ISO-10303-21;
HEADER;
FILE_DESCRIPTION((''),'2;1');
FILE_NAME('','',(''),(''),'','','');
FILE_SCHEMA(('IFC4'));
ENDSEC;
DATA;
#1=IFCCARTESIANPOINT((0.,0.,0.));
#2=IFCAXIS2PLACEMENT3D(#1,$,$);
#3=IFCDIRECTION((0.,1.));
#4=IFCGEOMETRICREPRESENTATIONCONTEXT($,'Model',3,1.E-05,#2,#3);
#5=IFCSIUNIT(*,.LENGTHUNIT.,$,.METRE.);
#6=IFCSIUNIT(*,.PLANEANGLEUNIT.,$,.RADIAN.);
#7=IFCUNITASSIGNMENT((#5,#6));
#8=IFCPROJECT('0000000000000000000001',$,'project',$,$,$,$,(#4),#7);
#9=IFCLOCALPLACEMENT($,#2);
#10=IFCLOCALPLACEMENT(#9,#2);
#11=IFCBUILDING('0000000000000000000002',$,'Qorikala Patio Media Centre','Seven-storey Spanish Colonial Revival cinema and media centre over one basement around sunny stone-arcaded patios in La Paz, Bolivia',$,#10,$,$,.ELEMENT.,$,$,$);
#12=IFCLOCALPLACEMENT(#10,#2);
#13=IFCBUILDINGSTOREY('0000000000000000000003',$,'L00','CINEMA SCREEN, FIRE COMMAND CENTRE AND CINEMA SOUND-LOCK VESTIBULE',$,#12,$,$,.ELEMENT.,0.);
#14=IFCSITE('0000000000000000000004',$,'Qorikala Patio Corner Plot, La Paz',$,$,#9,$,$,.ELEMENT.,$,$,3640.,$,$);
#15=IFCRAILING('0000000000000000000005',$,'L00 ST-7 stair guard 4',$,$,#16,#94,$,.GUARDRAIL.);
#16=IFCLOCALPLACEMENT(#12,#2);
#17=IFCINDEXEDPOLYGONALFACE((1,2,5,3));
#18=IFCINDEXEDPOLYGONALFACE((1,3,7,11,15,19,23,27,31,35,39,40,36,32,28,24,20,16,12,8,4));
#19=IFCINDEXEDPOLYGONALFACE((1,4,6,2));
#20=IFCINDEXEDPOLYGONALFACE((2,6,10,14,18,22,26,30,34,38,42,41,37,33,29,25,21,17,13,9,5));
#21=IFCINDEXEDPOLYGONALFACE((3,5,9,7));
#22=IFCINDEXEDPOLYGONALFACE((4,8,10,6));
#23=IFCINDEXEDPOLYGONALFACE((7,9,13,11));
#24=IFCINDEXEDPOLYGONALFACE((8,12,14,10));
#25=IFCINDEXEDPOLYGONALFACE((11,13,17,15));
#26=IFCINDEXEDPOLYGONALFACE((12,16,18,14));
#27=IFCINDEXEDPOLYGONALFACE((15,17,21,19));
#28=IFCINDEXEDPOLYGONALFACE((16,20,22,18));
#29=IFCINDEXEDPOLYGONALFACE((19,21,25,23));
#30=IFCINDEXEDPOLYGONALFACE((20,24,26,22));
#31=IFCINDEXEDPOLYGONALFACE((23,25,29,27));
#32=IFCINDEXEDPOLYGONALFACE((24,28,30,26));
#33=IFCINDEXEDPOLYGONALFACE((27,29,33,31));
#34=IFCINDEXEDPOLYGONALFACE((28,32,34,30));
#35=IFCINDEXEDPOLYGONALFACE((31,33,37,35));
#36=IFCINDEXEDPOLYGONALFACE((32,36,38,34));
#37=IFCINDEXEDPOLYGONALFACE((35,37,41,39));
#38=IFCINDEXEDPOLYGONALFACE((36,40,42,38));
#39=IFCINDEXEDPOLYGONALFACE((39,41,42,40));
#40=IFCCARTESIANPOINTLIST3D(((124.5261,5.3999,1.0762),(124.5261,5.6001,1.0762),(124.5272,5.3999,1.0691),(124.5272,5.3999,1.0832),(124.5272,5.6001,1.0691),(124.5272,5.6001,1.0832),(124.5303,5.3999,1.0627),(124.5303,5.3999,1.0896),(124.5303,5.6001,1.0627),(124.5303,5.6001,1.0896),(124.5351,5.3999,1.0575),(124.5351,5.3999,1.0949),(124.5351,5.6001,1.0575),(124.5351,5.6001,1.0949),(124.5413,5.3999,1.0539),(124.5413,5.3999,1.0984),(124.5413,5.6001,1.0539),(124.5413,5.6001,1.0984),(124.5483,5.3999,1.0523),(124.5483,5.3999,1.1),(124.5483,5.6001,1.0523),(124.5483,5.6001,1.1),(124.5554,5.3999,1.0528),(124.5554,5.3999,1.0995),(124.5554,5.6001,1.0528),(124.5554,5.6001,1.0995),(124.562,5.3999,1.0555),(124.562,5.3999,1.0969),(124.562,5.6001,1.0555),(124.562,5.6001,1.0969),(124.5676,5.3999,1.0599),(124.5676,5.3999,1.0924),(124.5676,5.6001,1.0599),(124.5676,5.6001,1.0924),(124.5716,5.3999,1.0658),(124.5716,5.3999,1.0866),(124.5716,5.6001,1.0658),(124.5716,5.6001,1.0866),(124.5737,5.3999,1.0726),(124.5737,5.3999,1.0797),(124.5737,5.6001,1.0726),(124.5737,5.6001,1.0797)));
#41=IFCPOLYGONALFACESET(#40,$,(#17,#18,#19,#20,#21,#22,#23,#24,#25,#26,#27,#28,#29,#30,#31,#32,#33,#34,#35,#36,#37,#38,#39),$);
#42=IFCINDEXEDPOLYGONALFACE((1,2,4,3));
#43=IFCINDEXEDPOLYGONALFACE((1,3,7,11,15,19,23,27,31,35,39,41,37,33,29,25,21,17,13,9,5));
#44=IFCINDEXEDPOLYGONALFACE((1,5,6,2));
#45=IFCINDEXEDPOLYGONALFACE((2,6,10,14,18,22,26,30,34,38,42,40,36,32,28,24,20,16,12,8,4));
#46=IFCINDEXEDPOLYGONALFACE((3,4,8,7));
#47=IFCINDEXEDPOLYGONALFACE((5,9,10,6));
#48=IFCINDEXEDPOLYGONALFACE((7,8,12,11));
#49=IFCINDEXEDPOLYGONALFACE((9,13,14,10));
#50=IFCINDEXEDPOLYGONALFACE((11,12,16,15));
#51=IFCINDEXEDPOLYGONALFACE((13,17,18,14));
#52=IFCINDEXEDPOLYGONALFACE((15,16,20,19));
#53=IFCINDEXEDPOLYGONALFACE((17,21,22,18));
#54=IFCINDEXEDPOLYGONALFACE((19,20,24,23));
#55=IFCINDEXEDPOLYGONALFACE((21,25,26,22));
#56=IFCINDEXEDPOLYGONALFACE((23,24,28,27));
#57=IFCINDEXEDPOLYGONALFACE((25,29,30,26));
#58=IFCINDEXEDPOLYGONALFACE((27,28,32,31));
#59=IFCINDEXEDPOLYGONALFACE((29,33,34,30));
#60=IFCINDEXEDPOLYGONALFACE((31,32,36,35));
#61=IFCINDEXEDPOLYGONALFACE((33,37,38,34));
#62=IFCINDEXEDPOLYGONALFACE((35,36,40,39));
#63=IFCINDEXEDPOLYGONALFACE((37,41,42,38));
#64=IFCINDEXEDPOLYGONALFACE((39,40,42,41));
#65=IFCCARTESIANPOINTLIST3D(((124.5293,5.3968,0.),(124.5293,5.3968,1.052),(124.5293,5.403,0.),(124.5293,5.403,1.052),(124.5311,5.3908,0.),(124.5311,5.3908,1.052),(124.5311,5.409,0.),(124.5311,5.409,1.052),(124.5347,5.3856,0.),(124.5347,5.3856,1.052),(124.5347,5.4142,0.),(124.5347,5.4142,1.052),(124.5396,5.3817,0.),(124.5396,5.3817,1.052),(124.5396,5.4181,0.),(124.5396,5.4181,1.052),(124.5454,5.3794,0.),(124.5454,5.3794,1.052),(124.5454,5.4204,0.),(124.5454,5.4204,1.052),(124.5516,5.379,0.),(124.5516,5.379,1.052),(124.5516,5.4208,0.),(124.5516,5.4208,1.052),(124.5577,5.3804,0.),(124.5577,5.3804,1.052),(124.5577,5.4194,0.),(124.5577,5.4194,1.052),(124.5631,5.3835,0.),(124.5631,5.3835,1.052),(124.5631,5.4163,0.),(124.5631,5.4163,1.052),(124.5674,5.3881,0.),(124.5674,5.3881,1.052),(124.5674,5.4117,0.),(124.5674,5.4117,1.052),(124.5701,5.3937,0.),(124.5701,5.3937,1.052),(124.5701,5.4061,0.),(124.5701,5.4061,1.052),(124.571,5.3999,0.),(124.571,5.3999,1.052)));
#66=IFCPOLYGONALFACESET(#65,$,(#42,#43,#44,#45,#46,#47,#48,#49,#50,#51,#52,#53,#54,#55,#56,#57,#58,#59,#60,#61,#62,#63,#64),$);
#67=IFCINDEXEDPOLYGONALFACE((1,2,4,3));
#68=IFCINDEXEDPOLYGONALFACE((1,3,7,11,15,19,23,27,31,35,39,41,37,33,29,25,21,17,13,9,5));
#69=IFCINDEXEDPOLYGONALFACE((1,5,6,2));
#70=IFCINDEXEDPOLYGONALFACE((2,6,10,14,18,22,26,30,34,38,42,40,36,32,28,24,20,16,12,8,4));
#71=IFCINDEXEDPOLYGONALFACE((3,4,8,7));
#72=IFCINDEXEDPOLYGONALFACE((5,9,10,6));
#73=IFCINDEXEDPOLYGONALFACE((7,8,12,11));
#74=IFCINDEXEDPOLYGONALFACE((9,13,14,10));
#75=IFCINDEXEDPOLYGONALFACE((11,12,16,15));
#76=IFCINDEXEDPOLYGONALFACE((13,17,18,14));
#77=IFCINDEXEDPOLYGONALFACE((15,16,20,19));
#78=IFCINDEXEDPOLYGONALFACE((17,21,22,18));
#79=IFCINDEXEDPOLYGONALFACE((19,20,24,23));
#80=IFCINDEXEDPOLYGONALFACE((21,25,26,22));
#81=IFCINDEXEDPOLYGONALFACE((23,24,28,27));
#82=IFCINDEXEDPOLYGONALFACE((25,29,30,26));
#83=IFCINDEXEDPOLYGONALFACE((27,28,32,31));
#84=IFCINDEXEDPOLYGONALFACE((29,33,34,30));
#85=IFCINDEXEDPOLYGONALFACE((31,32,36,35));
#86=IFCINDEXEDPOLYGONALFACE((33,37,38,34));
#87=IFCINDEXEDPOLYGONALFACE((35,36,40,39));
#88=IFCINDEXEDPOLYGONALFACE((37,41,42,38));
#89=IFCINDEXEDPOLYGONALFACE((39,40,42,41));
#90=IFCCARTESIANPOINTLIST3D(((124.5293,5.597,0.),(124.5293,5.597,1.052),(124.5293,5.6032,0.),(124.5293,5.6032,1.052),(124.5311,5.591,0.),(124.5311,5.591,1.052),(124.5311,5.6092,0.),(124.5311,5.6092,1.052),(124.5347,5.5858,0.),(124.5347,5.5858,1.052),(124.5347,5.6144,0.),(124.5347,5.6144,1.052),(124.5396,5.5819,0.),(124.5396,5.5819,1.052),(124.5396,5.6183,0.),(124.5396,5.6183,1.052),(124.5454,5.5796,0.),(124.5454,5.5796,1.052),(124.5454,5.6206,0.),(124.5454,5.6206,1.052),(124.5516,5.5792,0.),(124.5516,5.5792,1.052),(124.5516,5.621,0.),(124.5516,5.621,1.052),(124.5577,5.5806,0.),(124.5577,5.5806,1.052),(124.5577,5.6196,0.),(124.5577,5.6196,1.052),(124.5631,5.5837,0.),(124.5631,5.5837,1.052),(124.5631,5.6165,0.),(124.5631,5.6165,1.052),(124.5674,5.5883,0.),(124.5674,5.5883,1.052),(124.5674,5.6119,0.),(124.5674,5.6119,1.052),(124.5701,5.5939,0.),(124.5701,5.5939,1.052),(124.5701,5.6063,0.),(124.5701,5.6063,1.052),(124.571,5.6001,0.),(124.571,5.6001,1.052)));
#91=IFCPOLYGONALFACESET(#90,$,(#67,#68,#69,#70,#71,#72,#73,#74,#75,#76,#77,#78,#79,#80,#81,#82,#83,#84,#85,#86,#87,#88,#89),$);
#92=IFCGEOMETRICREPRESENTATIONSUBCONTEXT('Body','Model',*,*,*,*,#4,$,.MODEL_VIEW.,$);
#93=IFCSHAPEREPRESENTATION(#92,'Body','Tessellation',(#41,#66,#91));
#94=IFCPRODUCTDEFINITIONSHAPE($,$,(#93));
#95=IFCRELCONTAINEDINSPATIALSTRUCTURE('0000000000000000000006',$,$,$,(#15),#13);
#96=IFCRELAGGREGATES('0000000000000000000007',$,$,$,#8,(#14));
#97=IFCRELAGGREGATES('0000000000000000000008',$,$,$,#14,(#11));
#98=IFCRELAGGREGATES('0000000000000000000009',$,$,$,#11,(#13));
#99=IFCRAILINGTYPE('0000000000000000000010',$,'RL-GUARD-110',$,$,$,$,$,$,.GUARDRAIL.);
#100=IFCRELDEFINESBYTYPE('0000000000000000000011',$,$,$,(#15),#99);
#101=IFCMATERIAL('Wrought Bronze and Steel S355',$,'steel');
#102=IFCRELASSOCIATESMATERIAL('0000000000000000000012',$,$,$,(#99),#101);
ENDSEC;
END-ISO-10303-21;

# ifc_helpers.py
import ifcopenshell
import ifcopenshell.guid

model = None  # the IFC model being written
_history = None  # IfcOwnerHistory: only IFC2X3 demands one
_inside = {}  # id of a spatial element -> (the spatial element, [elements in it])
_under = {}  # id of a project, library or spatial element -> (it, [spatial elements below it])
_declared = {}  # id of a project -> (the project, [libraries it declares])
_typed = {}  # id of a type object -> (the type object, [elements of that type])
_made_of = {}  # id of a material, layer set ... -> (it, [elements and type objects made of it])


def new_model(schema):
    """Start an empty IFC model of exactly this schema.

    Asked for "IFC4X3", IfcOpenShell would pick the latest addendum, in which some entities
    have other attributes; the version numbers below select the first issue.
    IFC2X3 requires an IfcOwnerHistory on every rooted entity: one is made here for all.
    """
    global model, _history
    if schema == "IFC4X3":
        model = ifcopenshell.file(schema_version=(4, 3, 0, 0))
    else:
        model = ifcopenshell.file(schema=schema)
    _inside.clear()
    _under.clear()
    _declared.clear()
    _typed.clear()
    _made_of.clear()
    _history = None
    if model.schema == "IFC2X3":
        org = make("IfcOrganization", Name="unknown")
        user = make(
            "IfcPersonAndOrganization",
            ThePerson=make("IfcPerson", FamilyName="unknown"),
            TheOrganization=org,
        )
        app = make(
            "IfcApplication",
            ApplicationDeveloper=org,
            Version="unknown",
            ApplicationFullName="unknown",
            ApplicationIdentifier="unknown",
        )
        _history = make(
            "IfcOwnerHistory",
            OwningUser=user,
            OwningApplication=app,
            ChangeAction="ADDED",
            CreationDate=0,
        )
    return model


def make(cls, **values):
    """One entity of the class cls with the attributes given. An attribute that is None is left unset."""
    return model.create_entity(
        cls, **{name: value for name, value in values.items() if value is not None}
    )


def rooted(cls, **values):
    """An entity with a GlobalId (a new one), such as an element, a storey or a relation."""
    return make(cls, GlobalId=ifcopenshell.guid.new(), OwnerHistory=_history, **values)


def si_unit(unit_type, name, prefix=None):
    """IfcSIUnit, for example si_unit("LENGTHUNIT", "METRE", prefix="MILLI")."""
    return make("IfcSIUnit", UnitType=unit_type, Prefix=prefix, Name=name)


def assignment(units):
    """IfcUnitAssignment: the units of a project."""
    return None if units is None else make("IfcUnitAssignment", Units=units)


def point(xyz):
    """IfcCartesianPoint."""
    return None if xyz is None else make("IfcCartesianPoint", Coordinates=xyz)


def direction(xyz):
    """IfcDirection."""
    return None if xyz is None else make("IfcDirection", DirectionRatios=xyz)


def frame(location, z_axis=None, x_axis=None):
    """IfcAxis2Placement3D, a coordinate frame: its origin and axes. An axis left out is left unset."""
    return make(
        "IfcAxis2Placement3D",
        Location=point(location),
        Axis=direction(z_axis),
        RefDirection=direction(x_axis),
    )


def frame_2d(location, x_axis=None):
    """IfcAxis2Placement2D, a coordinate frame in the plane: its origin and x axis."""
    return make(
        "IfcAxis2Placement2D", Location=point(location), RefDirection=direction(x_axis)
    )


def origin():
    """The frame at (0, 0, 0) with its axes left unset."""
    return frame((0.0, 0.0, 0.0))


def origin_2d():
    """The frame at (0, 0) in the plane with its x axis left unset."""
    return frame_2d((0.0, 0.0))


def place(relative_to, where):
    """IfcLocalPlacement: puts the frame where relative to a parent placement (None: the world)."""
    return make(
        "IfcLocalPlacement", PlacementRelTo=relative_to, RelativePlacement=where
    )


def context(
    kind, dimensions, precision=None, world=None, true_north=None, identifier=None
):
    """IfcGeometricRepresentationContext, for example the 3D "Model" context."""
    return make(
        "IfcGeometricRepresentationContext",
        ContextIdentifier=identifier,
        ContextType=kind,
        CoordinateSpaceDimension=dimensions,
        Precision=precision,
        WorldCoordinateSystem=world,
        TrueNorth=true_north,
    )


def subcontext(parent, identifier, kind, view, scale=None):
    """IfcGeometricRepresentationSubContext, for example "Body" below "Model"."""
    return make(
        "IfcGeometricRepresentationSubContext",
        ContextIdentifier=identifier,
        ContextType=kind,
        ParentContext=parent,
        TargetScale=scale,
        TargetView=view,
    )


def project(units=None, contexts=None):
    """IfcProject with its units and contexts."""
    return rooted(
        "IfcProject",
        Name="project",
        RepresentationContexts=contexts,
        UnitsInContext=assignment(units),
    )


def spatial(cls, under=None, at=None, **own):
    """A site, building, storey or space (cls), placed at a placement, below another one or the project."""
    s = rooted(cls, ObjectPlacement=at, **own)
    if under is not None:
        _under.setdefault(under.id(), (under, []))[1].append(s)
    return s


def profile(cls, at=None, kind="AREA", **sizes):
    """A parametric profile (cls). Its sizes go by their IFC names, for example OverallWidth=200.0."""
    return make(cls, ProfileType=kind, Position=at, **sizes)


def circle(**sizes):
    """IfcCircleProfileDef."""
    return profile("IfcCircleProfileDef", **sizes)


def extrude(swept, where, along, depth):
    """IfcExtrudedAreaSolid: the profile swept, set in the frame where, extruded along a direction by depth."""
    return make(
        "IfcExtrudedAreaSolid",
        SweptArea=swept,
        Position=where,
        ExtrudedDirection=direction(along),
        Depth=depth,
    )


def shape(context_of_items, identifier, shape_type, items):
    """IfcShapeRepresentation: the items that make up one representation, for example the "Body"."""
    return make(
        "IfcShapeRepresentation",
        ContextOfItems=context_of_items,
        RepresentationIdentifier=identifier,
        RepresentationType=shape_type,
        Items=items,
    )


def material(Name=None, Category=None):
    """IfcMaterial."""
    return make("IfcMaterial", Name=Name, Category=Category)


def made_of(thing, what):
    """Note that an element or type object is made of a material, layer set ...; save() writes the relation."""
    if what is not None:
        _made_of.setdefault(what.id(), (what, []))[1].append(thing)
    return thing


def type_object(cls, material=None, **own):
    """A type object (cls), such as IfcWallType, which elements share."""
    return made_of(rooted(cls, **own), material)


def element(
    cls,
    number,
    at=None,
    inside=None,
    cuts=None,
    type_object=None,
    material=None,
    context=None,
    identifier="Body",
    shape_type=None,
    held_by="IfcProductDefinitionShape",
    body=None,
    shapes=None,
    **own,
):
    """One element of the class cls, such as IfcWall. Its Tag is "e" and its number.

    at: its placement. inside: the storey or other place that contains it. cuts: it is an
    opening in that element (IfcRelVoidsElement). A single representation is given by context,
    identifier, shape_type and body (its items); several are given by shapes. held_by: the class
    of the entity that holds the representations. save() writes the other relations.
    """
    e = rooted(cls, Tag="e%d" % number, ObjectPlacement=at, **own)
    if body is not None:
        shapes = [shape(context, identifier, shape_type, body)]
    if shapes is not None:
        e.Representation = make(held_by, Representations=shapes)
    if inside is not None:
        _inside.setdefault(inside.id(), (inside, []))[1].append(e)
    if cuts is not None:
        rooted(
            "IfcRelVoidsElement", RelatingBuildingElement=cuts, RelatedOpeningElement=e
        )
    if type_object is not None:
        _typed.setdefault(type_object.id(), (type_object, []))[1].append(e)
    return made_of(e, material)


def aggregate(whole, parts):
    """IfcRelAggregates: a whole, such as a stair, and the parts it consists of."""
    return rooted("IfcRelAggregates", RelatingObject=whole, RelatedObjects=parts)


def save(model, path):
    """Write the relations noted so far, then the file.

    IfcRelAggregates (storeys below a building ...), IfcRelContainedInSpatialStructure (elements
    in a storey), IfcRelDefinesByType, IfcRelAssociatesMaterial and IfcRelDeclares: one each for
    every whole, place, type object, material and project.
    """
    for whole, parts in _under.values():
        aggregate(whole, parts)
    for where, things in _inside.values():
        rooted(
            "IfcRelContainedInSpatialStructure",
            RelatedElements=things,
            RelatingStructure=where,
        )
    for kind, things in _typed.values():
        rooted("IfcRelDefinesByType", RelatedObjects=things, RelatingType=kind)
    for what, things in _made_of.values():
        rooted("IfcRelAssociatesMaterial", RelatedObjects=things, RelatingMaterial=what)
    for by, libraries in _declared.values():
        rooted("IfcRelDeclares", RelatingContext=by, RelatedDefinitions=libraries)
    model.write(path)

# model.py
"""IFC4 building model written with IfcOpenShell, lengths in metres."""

from ifc_helpers import new_model, si_unit, direction, frame, origin, origin_2d, place, context, subcontext, project, spatial, circle, extrude, material, type_object, element, save


model = new_model("IFC4")

# Units and contexts
model_context = context("Model", 3, precision=1e-05, world=origin(), true_north=direction((0.0, 1.0)))
body_context = subcontext(model_context, "Body", "Model", "MODEL_VIEW")
ifc_project = project(units=[si_unit("LENGTHUNIT", "METRE"), si_unit("PLANEANGLEUNIT", "RADIAN")], contexts=[model_context])

# Site, building, storey
site_placement = place(None, origin())
site = spatial("IfcSite", under=ifc_project, at=site_placement, Name="Qorikala Patio Corner Plot, La Paz", CompositionType="ELEMENT", RefElevation=3640.0)
building_placement = place(site_placement, origin())
building = spatial("IfcBuilding", under=site, at=building_placement, Name="Qorikala Patio Media Centre", Description="Seven-storey Spanish Colonial Revival cinema and media centre over one basement around sunny stone-arcaded patios in La Paz, Bolivia", CompositionType="ELEMENT")
storey_placement = place(building_placement, origin())
storey = spatial("IfcBuildingStorey", under=building, at=storey_placement, Name="L00", Description="CINEMA SCREEN, FIRE COMMAND CENTRE AND CINEMA SOUND-LOCK VESTIBULE", CompositionType="ELEMENT", Elevation=0.0)

# Railing
ifc_material_1 = material(Name="Wrought Bronze and Steel S355", Category="steel")
railing_type_1 = type_object("IfcRailingType", Name="RL-GUARD-110", PredefinedType="GUARDRAIL", material=ifc_material_1)
railing_1_placement = place(storey_placement, frame((124.55, 5.3999, 0.0)))
element("IfcRailing", 1, at=railing_1_placement, inside=storey, type_object=railing_type_1, Name="L00 ST-7 stair guard 4", PredefinedType="GUARDRAIL", context=body_context, shape_type="SweptSolid", body=[
    extrude(circle(Radius=0.0239, at=origin_2d()), frame((0.0, 0.0, 1.0762), z_axis=(0.0, 1.0, 0.0), x_axis=(-1.0, 0.0, 0.0)), (0.0, 0.0, 1.0), 0.2002),
    extrude(circle(Radius=0.021, at=origin_2d()), origin(), (0.0, 0.0, 1.0), 1.052),
    extrude(circle(Radius=0.021, at=origin_2d()), frame((0.0, 0.2002, 0.0)), (0.0, 0.0, 1.0), 1.052),
])

save(model, "model.ifc")
